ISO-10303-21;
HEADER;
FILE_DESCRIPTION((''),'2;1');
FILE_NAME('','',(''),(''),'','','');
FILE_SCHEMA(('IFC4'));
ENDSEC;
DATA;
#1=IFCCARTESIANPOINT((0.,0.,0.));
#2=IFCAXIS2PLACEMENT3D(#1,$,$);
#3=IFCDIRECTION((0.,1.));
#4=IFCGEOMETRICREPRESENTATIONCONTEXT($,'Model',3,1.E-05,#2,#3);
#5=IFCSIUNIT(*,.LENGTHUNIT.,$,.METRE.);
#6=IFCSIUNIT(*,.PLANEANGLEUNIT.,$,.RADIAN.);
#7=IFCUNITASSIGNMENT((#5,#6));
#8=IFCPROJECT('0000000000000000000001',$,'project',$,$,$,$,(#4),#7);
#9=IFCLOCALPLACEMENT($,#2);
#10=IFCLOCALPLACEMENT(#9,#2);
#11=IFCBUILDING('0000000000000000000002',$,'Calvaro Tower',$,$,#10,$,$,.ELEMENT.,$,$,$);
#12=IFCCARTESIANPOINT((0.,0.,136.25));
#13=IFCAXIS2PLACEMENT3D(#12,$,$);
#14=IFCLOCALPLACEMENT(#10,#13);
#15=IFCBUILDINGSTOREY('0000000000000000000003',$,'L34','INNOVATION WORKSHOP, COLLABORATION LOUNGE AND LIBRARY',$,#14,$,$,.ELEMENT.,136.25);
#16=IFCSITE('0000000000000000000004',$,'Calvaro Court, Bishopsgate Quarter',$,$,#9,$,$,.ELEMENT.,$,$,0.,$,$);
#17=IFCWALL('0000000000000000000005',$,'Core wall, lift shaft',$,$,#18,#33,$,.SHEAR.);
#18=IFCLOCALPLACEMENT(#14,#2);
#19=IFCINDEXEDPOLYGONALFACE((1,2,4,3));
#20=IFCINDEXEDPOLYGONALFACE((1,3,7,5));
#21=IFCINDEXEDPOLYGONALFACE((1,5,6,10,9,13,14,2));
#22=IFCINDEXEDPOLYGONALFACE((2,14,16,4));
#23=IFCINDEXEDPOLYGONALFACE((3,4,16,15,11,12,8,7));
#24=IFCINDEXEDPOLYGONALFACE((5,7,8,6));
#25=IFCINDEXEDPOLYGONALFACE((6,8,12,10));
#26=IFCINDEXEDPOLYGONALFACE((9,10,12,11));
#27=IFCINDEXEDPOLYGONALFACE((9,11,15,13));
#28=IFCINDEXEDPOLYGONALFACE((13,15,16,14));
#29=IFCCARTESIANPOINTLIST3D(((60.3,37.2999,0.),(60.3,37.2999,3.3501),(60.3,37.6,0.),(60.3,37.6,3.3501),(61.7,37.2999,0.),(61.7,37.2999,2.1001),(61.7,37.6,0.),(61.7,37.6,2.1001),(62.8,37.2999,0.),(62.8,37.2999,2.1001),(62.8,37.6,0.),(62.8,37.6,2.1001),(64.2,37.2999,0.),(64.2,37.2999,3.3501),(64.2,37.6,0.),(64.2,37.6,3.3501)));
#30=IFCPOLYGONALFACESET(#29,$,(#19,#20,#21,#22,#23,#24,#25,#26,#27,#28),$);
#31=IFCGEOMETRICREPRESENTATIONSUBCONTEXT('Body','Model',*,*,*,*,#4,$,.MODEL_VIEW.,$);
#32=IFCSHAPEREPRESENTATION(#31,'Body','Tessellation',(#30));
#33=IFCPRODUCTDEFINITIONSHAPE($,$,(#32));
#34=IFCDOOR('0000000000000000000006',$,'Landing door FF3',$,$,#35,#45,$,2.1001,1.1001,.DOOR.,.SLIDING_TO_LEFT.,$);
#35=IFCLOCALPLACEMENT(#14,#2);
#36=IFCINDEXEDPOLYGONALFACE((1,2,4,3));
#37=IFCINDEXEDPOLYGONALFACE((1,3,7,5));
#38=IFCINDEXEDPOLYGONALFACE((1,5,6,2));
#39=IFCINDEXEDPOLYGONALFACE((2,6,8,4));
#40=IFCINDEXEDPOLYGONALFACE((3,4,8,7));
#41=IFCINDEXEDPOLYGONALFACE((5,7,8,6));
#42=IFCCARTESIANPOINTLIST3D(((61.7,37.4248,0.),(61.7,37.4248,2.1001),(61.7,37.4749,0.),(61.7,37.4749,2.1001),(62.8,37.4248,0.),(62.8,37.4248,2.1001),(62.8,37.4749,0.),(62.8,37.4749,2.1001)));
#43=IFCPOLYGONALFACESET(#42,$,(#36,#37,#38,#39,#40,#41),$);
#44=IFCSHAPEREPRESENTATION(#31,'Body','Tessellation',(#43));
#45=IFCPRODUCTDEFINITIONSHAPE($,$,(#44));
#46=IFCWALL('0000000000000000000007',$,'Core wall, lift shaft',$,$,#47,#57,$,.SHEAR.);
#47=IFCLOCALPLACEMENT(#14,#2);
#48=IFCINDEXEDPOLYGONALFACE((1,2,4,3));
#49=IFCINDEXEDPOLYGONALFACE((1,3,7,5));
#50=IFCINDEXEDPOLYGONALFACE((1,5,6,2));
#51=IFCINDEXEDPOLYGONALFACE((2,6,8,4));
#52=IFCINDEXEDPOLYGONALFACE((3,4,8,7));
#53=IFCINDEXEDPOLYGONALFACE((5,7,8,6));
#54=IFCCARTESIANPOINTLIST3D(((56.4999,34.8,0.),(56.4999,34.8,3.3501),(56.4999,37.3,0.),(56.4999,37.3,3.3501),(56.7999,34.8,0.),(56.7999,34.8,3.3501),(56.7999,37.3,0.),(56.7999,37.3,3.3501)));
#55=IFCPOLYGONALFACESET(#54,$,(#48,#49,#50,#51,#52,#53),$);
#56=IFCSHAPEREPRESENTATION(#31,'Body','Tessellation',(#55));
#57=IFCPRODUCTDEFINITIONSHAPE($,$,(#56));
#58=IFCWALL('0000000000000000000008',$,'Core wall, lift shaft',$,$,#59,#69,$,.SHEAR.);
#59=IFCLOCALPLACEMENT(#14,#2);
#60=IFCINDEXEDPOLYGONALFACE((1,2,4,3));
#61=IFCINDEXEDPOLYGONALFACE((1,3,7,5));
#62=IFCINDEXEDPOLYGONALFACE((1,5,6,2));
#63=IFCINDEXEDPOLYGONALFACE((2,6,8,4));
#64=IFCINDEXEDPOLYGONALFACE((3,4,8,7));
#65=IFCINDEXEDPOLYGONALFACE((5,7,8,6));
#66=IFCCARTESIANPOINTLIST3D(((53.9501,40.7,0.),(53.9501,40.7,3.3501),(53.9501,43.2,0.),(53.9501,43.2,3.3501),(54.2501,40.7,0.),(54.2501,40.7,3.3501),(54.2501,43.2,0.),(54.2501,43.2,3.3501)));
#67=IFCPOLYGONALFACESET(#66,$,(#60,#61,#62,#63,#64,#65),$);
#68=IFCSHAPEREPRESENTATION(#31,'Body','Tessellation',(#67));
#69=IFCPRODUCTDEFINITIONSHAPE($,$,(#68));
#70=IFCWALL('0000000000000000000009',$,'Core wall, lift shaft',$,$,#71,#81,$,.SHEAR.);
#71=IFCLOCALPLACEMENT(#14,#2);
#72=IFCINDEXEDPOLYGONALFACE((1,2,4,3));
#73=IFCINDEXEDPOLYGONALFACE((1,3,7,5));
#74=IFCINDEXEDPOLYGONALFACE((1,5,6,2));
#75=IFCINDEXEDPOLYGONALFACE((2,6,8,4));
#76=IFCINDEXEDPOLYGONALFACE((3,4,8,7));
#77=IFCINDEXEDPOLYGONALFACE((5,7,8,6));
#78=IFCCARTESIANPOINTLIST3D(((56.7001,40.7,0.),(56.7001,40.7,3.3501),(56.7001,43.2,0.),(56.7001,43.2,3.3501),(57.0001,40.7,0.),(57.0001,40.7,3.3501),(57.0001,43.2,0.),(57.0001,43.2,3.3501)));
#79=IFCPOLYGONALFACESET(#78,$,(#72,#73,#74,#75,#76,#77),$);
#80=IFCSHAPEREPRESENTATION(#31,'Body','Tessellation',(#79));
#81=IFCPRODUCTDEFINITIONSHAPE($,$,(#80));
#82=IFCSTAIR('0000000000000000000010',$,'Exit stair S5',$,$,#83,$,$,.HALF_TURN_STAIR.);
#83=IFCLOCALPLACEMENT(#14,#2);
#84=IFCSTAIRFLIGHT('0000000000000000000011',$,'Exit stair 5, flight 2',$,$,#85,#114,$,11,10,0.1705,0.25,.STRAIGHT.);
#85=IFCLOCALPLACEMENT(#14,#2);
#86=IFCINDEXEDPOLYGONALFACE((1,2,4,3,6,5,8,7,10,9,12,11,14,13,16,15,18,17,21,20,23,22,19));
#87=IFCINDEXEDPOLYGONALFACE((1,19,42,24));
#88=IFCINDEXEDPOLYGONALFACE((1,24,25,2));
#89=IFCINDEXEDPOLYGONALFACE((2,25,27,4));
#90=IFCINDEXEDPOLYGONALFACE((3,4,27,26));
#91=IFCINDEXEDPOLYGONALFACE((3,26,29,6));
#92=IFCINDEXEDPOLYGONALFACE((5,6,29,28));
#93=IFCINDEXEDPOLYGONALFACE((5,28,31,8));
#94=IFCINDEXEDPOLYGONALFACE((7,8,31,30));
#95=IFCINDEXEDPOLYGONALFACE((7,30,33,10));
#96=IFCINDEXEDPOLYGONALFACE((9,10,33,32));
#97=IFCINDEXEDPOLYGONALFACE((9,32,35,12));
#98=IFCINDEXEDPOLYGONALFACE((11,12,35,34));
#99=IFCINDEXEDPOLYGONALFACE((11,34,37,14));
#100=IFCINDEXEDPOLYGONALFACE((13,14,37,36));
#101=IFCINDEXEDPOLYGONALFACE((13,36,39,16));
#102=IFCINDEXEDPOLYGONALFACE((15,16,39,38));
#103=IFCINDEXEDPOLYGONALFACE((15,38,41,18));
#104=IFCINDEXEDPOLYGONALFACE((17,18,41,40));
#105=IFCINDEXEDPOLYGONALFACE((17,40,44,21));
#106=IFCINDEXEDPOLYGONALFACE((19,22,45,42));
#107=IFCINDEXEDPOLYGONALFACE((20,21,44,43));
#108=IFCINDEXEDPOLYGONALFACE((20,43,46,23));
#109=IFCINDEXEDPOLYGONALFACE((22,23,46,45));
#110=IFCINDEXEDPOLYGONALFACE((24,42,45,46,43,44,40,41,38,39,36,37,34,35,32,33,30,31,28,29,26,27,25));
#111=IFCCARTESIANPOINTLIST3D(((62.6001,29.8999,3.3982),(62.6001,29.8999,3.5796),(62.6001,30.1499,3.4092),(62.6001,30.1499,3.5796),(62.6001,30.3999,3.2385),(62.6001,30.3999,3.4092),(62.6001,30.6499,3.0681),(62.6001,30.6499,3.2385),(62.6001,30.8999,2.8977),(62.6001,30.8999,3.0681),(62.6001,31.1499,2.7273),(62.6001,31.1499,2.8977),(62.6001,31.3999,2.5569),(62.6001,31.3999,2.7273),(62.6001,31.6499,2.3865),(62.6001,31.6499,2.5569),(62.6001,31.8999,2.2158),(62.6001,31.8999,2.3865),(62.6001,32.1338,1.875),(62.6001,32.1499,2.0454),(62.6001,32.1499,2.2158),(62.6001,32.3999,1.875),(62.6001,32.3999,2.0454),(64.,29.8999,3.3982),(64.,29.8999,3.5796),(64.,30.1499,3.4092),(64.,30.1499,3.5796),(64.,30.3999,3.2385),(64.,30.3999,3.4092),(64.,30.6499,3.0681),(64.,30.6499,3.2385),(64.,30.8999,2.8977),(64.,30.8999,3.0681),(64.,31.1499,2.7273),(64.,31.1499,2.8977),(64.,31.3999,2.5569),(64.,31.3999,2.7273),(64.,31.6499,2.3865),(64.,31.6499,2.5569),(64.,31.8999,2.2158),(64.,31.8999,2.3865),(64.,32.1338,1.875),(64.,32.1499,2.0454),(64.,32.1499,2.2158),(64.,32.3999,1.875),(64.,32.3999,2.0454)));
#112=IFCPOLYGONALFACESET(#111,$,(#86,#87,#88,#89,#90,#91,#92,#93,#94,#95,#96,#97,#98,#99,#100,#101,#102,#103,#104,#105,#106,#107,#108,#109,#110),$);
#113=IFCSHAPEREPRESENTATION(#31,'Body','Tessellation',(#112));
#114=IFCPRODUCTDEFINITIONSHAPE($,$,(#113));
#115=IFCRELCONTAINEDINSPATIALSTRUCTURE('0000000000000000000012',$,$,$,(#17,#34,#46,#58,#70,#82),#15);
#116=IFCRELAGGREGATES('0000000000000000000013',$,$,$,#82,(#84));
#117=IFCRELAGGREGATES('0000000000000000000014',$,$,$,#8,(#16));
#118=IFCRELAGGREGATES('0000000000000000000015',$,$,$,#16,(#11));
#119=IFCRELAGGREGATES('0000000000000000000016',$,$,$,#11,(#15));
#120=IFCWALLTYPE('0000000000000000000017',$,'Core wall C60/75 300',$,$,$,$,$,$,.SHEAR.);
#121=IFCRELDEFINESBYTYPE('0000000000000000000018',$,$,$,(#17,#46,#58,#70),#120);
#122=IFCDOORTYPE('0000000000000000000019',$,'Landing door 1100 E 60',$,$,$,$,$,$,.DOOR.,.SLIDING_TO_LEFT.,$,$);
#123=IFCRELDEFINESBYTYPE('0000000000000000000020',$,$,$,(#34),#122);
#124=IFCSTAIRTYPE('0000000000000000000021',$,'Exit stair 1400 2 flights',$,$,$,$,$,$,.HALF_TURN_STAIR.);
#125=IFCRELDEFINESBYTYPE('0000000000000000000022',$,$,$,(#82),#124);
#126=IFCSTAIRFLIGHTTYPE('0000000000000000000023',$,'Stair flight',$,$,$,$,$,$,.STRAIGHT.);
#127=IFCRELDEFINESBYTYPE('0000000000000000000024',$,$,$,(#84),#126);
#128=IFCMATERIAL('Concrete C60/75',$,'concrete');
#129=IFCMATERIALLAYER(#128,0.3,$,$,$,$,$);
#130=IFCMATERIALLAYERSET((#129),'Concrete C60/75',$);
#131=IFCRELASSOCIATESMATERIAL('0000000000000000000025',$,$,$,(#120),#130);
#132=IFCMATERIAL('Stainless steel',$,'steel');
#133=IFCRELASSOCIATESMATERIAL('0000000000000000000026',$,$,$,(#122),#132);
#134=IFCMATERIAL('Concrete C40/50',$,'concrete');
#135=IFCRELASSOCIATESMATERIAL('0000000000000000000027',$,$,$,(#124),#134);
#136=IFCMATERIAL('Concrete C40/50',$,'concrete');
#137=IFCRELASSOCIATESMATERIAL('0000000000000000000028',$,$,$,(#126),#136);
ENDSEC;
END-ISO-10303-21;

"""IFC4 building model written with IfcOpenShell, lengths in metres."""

from ifc_helpers import new_model, si_unit, direction, frame, frame_2d, origin, place, context, subcontext, project, spatial, polyline, rectangle, outline, extrude, material, layer, layer_set, type_object, element, fill, aggregate, save


model = new_model("IFC4")

# Units and contexts
model_context = context("Model", 3, precision=1e-05, world=origin(), true_north=direction((0.0, 1.0)))
body_context = subcontext(model_context, "Body", "Model", "MODEL_VIEW")
ifc_project = project(units=[si_unit("LENGTHUNIT", "METRE"), si_unit("PLANEANGLEUNIT", "RADIAN")], contexts=[model_context])

# Site, building, storey
site_placement = place(None, origin())
site = spatial("IfcSite", under=ifc_project, at=site_placement, Name="Calvaro Court, Bishopsgate Quarter", CompositionType="ELEMENT", RefElevation=0.0)
building_placement = place(site_placement, origin())
building = spatial("IfcBuilding", under=site, at=building_placement, Name="Calvaro Tower", CompositionType="ELEMENT")
storey_placement = place(building_placement, frame((0.0, 0.0, 136.25)))
storey = spatial("IfcBuildingStorey", under=building, at=storey_placement, Name="L34", Description="INNOVATION WORKSHOP, COLLABORATION LOUNGE AND LIBRARY", CompositionType="ELEMENT", Elevation=136.25)

# Shared definitions
ifc_material_1 = material(Name="Concrete C60/75", Category="concrete")
ifc_layer_1 = layer(ifc_material_1, 0.3)
ifc_layer_set_1 = layer_set([ifc_layer_1], Name="Concrete C60/75")
wall_type_1 = type_object("IfcWallType", Name="Core wall C60/75 300", PredefinedType="SHEAR", material=ifc_layer_set_1)

# Wall, opening, door
wall_1_placement = place(storey_placement, frame((60.3, 37.45, 0.0), z_axis=(0.0, 0.0, 1.0), x_axis=(1.0, 0.0, 0.0)))
wall_1 = element("IfcWall", 1, at=wall_1_placement, inside=storey, type_object=wall_type_1, Name="Core wall, lift shaft", PredefinedType="SHEAR", context=body_context, shape_type="SweptSolid", body=[
    extrude(rectangle(XDim=3.8999, YDim=0.3, at=frame_2d((1.95, 0.0))), origin(), (0.0, 0.0, 1.0), 3.3501),
])
opening_1_placement = place(wall_1_placement, frame((1.3999, 0.0, 0.0)))
opening_1 = element("IfcOpeningElement", 2, at=opening_1_placement, cuts=wall_1, PredefinedType="OPENING", context=body_context, shape_type="SweptSolid", body=[
    extrude(rectangle(XDim=1.1001, YDim=2.1001, at=frame_2d((0.55, 1.05))), frame((0.0, 0.1599, 0.0), z_axis=(0.0, -1.0, 0.0), x_axis=(1.0, 0.0, 0.0)), (0.0, 0.0, 1.0), 0.3201),
])
ifc_material_2 = material(Name="Stainless steel", Category="steel")
door_type_1 = type_object("IfcDoorType", Name="Landing door 1100 E 60", OperationType="SLIDING_TO_LEFT", PredefinedType="DOOR", material=ifc_material_2)
door_1_placement = place(opening_1_placement, origin())
door_1 = element("IfcDoor", 3, at=door_1_placement, inside=storey, type_object=door_type_1, Name="Landing door FF3", OperationType="SLIDING_TO_LEFT", OverallHeight=2.1001, OverallWidth=1.1001, PredefinedType="DOOR", context=body_context, shape_type="SweptSolid", body=[
    extrude(rectangle(XDim=1.1001, YDim=2.1001, at=frame_2d((0.55, 1.05))), frame((0.0, 0.0249, 0.0), z_axis=(0.0, -1.0, 0.0), x_axis=(1.0, 0.0, 0.0)), (0.0, 0.0, 1.0), 0.05),
])
fill(opening_1, door_1)

# Walls
for number, where, z_axis, x_axis, name in (
    (4, (56.6499, 34.8, 0.0), (0.0, 0.0, 1.0), (0.0, 1.0, 0.0), "Core wall, lift shaft"),
    (5, (54.1001, 40.7, 0.0), (0.0, 0.0, 1.0), (0.0, 1.0, 0.0), "Core wall, lift shaft"),
    (6, (56.8501, 40.7, 0.0), (0.0, 0.0, 1.0), (0.0, 1.0, 0.0), "Core wall, lift shaft"),
):
    element("IfcWall", number, at=place(storey_placement, frame(where, z_axis=z_axis, x_axis=x_axis)), inside=storey, type_object=wall_type_1, Name=name, PredefinedType="SHEAR", context=body_context, shape_type="SweptSolid", body=[
        extrude(rectangle(XDim=2.5, YDim=0.3, at=frame_2d((1.25, 0.0))), origin(), (0.0, 0.0, 1.0), 3.3501),
    ])

# Stair, stair flight
ifc_material_3 = material(Name="Concrete C40/50", Category="concrete")
stair_type = type_object("IfcStairType", Name="Exit stair 1400 2 flights", PredefinedType="HALF_TURN_STAIR", material=ifc_material_3)
stair_1_placement = place(storey_placement, origin())
stair_1 = element("IfcStair", 7, at=stair_1_placement, inside=storey, type_object=stair_type, Name="Exit stair S5", PredefinedType="HALF_TURN_STAIR")
ifc_material_4 = material(Name="Concrete C40/50", Category="concrete")
stair_flight_type = type_object("IfcStairFlightType", Name="Stair flight", PredefinedType="STRAIGHT", material=ifc_material_4)
stair_flight_placement = place(storey_placement, frame((63.3, 32.3999, 1.875), z_axis=(0.0, 0.0, 1.0), x_axis=(0.0, -1.0, 0.0)))
stair_flight = element("IfcStairFlight", 8, at=stair_flight_placement, type_object=stair_flight_type, Name="Exit stair 5, flight 2", NumberOfRisers=11, NumberOfTreads=10, PredefinedType="STRAIGHT", RiserHeight=0.1705, TreadLength=0.25, context=body_context, shape_type="SweptSolid", body=[
    extrude(outline(polyline([(0.0, 0.0), (0.0, 0.1704), (0.25, 0.1704), (0.25, 0.3408), (0.5, 0.3408), (0.5, 0.5115), (0.75, 0.5115), (0.75, 0.6819), (1.0, 0.6819), (1.0, 0.8523), (1.25, 0.8523), (1.25, 1.0227), (1.5, 1.0227), (1.5, 1.1931), (1.75, 1.1931), (1.75, 1.3635), (2.0, 1.3635), (2.0, 1.5342), (2.25, 1.5342), (2.25, 1.7046), (2.5, 1.7046), (2.5, 1.875), (2.5, 1.5232), (0.2661, 0.0), (0.0, 0.0)])), frame((0.0, 0.7, 0.0), z_axis=(0.0, -1.0, 0.0), x_axis=(1.0, 0.0, 0.0)), (0.0, 0.0, 1.0), 1.3999),
])

aggregate(stair_1, [stair_flight])

save(model, "model.ifc")
